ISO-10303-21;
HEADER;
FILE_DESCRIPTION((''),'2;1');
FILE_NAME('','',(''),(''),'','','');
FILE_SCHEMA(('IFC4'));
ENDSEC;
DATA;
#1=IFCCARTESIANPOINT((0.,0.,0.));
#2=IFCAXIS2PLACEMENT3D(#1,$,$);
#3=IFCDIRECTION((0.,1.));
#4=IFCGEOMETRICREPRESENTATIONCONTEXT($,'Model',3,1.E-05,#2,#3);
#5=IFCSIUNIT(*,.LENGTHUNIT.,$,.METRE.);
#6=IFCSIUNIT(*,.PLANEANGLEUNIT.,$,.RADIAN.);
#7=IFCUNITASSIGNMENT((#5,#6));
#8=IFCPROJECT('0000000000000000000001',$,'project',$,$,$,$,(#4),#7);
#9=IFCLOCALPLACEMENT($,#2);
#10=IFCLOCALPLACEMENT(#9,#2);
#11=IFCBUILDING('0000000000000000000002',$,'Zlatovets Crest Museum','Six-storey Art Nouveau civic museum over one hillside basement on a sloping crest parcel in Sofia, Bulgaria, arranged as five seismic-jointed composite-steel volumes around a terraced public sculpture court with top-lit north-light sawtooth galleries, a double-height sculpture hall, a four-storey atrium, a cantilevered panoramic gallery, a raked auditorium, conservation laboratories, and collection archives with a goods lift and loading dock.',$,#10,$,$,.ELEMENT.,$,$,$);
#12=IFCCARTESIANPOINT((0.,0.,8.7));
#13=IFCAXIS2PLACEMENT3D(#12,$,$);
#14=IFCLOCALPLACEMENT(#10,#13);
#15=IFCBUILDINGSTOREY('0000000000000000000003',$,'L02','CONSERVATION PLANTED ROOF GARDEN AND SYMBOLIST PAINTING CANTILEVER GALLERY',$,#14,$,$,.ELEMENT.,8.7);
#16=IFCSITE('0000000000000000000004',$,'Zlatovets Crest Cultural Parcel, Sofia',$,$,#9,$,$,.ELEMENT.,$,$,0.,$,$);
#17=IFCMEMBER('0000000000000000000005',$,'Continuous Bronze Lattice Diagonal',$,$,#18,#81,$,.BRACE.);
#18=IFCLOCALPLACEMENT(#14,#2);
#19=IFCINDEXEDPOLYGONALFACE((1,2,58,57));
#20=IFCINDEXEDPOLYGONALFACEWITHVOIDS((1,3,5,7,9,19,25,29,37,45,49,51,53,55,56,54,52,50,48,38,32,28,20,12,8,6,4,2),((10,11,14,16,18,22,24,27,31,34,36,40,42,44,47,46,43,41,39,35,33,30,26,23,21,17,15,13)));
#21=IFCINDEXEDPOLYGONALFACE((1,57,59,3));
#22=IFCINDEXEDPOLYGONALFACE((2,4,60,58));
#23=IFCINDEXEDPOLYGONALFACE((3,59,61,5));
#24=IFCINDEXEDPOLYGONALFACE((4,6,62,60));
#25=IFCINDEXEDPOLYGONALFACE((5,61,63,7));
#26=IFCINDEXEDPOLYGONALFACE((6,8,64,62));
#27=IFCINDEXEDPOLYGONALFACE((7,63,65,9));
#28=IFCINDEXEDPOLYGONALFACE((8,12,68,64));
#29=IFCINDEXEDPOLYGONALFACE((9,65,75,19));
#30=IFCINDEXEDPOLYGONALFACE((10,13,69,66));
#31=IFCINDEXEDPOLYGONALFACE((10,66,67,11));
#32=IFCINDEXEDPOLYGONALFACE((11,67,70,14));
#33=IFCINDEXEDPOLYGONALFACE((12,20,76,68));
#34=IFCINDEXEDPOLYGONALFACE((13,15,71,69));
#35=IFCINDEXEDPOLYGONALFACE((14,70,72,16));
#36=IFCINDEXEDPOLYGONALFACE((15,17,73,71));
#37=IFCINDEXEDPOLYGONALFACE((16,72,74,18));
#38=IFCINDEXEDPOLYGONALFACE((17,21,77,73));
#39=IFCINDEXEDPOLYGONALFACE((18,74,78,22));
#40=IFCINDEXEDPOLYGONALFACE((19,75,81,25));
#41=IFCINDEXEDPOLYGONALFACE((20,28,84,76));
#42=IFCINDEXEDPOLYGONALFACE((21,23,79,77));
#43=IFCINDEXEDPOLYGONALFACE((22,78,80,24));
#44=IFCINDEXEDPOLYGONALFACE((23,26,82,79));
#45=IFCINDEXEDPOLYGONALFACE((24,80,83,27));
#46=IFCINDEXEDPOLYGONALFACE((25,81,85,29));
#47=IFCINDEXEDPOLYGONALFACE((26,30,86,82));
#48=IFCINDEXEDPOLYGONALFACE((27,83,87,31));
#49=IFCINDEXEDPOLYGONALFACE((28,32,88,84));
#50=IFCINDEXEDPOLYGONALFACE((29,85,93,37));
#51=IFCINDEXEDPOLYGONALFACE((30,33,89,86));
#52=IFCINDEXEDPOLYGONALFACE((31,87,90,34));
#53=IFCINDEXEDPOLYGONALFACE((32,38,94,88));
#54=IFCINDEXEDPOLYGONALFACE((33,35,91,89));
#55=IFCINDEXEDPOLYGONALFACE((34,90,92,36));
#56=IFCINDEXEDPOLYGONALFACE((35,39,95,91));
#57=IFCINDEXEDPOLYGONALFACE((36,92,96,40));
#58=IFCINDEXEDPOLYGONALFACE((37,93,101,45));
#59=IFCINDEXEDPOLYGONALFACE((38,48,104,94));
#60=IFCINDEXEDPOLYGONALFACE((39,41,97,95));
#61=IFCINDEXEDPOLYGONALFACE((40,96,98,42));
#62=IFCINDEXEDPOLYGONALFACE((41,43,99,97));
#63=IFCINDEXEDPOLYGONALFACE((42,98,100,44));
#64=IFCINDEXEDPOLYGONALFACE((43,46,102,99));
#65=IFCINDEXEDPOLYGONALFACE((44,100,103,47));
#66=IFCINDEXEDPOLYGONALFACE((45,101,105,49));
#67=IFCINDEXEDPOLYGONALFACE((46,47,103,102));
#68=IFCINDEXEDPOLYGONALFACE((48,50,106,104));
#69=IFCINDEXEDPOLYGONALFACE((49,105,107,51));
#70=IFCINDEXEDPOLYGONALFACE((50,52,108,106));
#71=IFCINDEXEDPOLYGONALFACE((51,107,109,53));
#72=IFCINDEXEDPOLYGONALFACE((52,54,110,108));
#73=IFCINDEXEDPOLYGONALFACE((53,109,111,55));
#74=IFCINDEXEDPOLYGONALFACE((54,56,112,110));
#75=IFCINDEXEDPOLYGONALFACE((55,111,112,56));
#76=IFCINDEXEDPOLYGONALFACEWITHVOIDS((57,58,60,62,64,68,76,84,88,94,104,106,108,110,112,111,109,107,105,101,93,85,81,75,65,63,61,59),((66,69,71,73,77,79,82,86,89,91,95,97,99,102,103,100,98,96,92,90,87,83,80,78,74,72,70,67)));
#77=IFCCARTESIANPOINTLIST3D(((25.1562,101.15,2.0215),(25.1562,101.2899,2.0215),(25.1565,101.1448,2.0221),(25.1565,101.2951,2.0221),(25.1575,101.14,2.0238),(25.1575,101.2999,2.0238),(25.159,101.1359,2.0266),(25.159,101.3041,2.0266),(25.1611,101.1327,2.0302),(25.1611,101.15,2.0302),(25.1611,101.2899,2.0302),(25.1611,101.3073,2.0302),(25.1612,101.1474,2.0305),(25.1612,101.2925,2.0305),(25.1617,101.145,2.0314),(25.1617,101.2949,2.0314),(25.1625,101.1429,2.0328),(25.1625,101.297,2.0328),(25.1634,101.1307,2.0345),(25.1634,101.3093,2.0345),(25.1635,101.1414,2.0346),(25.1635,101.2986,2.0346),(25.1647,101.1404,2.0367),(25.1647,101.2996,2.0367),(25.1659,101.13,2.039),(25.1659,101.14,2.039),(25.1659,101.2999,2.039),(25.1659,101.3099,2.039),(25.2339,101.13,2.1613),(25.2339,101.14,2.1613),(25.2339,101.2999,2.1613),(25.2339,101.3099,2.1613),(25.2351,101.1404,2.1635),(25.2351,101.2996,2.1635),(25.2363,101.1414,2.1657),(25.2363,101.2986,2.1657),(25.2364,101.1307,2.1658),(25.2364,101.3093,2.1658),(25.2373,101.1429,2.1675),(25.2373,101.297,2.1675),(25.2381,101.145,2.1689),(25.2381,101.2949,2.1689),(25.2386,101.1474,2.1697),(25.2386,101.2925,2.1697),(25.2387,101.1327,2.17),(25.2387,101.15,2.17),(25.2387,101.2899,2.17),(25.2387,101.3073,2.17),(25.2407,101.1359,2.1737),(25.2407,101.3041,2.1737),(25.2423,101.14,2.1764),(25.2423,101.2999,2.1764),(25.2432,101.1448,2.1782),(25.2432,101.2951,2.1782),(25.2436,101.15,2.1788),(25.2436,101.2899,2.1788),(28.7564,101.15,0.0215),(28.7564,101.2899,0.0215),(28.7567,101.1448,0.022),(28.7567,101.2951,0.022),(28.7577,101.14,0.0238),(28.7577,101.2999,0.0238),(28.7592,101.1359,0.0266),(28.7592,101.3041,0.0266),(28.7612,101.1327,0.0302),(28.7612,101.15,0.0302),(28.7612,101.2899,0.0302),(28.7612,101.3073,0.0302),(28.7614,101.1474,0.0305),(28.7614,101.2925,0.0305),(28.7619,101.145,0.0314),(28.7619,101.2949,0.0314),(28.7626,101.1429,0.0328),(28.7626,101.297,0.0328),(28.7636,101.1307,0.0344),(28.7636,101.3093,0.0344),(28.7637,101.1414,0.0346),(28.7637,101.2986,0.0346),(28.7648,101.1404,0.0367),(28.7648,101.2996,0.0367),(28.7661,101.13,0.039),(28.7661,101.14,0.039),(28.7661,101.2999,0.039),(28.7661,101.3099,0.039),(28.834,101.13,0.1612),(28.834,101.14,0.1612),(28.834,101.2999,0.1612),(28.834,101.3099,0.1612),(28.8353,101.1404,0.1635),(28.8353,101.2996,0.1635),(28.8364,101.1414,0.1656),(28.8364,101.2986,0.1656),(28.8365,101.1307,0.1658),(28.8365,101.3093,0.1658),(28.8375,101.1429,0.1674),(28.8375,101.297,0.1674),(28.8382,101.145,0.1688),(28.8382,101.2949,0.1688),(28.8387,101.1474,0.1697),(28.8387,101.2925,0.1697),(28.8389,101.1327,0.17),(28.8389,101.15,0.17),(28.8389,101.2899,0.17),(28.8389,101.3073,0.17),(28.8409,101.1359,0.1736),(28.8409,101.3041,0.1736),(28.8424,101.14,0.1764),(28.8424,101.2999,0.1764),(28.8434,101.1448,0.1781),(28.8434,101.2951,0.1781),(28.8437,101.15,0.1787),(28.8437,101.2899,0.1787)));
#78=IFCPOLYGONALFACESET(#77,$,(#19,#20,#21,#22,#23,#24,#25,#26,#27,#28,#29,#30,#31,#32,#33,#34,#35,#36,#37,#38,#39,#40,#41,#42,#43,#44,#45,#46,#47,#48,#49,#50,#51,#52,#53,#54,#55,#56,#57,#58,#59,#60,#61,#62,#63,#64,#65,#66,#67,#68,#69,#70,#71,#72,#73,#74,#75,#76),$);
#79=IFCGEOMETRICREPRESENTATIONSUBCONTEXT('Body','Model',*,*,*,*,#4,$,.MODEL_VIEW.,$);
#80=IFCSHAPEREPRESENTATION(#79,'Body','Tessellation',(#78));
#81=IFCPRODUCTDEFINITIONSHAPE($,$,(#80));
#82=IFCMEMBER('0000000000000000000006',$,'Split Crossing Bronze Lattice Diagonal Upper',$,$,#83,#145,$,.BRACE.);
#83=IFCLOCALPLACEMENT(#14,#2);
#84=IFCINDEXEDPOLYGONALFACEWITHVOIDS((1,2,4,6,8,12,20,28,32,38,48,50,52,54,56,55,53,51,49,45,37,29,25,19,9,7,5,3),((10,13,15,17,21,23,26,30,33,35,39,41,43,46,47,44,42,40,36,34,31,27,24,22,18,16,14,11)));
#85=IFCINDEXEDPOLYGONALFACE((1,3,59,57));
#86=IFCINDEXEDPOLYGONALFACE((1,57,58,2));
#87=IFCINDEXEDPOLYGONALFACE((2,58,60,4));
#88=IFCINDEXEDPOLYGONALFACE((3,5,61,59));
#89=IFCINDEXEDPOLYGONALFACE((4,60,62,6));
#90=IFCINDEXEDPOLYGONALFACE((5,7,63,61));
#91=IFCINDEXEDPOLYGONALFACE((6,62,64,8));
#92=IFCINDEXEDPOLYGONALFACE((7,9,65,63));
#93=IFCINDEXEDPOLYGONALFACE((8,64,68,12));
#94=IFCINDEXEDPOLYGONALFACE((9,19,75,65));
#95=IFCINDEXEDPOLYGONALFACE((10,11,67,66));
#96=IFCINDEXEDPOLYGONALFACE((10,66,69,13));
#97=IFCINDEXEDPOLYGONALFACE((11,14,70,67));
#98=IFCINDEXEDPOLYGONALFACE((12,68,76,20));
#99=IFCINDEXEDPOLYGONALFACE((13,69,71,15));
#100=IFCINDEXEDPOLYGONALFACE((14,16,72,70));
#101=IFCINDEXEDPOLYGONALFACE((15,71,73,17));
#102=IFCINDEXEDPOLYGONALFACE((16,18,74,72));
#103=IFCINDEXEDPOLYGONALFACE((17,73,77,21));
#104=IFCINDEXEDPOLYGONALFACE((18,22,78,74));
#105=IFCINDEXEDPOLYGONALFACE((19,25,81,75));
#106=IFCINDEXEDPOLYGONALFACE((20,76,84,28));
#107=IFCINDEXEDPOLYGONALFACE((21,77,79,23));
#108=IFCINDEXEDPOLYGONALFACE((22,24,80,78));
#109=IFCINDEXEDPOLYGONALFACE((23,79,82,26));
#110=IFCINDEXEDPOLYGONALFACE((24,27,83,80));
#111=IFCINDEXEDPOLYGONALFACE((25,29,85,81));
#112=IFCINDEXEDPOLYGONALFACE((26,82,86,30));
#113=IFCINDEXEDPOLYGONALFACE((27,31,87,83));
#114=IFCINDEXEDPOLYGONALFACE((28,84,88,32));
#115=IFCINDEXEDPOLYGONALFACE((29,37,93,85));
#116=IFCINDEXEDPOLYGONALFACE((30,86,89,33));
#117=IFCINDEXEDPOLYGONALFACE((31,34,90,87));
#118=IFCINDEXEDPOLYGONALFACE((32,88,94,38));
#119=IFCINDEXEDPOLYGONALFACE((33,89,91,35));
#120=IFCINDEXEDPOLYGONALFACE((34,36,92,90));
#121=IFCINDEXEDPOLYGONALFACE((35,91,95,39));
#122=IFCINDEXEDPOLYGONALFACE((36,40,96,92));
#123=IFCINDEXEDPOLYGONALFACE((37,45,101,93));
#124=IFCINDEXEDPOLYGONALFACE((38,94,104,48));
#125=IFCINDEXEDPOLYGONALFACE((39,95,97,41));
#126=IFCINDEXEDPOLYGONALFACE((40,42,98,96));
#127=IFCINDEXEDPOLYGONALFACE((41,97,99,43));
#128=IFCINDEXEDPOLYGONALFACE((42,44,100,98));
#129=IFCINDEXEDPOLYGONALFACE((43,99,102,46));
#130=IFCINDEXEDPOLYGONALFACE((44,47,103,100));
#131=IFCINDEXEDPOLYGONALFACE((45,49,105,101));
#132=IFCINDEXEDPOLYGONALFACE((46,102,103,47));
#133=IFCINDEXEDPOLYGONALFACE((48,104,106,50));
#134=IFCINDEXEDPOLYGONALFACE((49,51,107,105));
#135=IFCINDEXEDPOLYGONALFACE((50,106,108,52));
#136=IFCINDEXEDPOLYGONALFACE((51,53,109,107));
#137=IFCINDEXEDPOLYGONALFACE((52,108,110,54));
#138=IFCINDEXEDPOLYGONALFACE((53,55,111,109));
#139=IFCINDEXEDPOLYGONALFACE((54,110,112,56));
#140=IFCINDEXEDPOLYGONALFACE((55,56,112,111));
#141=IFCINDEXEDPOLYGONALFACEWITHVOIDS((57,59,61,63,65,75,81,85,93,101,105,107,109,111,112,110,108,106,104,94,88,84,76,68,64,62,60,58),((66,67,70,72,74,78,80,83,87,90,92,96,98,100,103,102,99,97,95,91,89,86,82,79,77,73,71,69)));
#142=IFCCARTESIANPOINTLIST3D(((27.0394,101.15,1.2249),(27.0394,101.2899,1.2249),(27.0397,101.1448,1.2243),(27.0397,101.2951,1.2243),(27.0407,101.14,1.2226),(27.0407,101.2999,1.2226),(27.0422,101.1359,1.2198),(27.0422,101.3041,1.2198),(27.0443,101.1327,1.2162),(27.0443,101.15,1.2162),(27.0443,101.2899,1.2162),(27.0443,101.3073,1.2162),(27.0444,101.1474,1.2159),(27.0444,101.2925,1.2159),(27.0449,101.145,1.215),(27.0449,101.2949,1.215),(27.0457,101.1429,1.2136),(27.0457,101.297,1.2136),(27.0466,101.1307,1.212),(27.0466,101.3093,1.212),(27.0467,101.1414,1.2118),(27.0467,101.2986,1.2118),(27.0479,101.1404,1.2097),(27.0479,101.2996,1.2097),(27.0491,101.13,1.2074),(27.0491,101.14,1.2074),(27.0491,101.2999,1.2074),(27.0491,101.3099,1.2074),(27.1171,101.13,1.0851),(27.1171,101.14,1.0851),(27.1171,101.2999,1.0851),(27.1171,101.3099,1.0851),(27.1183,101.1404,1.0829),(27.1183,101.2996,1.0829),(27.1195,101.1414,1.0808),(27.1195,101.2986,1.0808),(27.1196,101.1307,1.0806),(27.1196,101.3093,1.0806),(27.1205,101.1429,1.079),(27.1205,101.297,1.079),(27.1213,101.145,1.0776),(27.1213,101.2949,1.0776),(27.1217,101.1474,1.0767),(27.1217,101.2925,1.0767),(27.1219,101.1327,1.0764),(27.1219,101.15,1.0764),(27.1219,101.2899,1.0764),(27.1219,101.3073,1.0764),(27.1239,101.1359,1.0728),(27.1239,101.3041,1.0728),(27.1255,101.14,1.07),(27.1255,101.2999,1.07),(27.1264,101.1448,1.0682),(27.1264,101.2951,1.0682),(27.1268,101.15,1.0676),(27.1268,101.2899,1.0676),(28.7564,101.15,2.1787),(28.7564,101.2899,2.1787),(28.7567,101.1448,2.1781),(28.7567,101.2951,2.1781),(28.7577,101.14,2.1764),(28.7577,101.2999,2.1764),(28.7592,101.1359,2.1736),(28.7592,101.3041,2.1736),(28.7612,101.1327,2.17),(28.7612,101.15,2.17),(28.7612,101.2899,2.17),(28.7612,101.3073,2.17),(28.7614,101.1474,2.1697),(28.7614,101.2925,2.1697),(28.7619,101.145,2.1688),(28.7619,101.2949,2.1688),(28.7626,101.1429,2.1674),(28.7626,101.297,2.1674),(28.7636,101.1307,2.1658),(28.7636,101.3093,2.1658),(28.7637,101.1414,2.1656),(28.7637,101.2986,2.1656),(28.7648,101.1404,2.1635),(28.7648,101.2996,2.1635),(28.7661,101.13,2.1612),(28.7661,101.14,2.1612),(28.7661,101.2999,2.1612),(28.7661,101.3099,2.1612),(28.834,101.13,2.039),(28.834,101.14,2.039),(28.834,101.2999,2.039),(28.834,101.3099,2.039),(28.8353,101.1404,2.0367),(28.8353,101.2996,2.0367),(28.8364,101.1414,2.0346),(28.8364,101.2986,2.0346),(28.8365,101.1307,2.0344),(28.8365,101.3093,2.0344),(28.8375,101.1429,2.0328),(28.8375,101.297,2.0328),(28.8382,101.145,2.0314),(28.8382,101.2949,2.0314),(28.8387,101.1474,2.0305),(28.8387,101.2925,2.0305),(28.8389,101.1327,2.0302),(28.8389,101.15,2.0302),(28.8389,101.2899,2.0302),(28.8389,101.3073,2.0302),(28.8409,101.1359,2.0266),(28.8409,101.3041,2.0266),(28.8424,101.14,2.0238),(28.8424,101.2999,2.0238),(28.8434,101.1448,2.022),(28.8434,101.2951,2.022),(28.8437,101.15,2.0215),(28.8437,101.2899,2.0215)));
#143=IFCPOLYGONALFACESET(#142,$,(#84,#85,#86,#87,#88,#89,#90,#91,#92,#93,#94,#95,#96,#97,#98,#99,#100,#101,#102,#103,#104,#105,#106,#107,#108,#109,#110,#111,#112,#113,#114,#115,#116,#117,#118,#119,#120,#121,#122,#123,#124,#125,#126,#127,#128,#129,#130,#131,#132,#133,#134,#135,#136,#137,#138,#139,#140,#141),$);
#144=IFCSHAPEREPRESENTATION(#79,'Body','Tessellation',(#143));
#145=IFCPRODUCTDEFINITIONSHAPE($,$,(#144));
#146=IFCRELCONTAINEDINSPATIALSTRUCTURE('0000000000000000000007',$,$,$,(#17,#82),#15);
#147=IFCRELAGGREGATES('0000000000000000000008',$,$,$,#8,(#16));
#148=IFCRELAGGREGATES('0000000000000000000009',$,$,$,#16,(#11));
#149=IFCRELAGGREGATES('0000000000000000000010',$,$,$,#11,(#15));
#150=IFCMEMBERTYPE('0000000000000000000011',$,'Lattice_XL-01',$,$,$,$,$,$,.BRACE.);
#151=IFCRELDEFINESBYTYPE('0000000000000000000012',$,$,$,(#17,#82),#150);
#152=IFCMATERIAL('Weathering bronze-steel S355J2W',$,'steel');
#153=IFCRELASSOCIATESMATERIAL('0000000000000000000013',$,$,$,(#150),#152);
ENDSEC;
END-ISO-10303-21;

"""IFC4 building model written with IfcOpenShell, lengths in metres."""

from ifc_helpers import new_model, si_unit, direction, frame, origin, origin_2d, place, context, subcontext, project, spatial, hollow_rectangle, extrude, material, material_profile, profile_set, type_object, element, save


model = new_model("IFC4")

# Units and contexts
model_context = context("Model", 3, precision=1e-05, world=origin(), true_north=direction((0.0, 1.0)))
body_context = subcontext(model_context, "Body", "Model", "MODEL_VIEW")
ifc_project = project(units=[si_unit("LENGTHUNIT", "METRE"), si_unit("PLANEANGLEUNIT", "RADIAN")], contexts=[model_context])

# Site, building, storey
site_placement = place(None, origin())
site = spatial("IfcSite", under=ifc_project, at=site_placement, Name="Zlatovets Crest Cultural Parcel, Sofia", CompositionType="ELEMENT", RefElevation=0.0)
building_placement = place(site_placement, origin())
building = spatial("IfcBuilding", under=site, at=building_placement, Name="Zlatovets Crest Museum", Description="Six-storey Art Nouveau civic museum over one hillside basement on a sloping crest parcel in Sofia, Bulgaria, arranged as five seismic-jointed composite-steel volumes around a terraced public sculpture court with top-lit north-light sawtooth galleries, a double-height sculpture hall, a four-storey atrium, a cantilevered panoramic gallery, a raked auditorium, conservation laboratories, and collection archives with a goods lift and loading dock.", CompositionType="ELEMENT")
storey_placement = place(building_placement, frame((0.0, 0.0, 8.7)))
storey = spatial("IfcBuildingStorey", under=building, at=storey_placement, Name="L02", Description="CONSERVATION PLANTED ROOF GARDEN AND SYMBOLIST PAINTING CANTILEVER GALLERY", CompositionType="ELEMENT", Elevation=8.7)

# Members
ifc_material_1 = material(Name="Weathering bronze-steel S355J2W", Category="steel")
ifc_material_profile_1 = material_profile(ifc_material_1, hollow_rectangle(XDim=0.1799, YDim=0.1799, WallThickness=0.01, InnerFilletRadius=0.01, OuterFilletRadius=0.02, at=origin_2d()), Name="SHS 180x180x10.0")
ifc_profile_set_1 = profile_set([ifc_material_profile_1], Name="Weathering bronze-steel S355J2W")
member_type_1 = type_object("IfcMemberType", Name="Lattice_XL-01", PredefinedType="BRACE", material=ifc_profile_set_1)
member_1_placement = place(storey_placement, frame((28.8, 101.22, 0.1001), z_axis=(-0.874163, 0.0, 0.485633), x_axis=(0.0, -1.0, 0.0)))
element("IfcMember", 1, at=member_1_placement, inside=storey, type_object=member_type_1, Name="Continuous Bronze Lattice Diagonal", PredefinedType="BRACE", context=body_context, shape_type="SweptSolid", body=[
    extrude(hollow_rectangle(XDim=0.1799, YDim=0.1799, WallThickness=0.01, InnerFilletRadius=0.01, OuterFilletRadius=0.02, at=origin_2d()), origin(), (0.0, 0.0, 1.0), 4.1184),
])
for number, where, z_axis, x_axis, name in (
    (2, (28.8, 101.22, 2.1001), (-0.874169, 0.0, -0.485622), (0.0, -1.0, 0.0), "Split Crossing Bronze Lattice Diagonal Upper"),
):
    element("IfcMember", number, at=place(storey_placement, frame(where, z_axis=z_axis, x_axis=x_axis)), inside=storey, type_object=member_type_1, Name=name, PredefinedType="BRACE", context=body_context, shape_type="SweptSolid", body=[
        extrude(hollow_rectangle(XDim=0.1799, YDim=0.1799, WallThickness=0.01, InnerFilletRadius=0.01, OuterFilletRadius=0.02, at=origin_2d()), origin(), (0.0, 0.0, 1.0), 1.9641),
    ])

save(model, "model.ifc")
